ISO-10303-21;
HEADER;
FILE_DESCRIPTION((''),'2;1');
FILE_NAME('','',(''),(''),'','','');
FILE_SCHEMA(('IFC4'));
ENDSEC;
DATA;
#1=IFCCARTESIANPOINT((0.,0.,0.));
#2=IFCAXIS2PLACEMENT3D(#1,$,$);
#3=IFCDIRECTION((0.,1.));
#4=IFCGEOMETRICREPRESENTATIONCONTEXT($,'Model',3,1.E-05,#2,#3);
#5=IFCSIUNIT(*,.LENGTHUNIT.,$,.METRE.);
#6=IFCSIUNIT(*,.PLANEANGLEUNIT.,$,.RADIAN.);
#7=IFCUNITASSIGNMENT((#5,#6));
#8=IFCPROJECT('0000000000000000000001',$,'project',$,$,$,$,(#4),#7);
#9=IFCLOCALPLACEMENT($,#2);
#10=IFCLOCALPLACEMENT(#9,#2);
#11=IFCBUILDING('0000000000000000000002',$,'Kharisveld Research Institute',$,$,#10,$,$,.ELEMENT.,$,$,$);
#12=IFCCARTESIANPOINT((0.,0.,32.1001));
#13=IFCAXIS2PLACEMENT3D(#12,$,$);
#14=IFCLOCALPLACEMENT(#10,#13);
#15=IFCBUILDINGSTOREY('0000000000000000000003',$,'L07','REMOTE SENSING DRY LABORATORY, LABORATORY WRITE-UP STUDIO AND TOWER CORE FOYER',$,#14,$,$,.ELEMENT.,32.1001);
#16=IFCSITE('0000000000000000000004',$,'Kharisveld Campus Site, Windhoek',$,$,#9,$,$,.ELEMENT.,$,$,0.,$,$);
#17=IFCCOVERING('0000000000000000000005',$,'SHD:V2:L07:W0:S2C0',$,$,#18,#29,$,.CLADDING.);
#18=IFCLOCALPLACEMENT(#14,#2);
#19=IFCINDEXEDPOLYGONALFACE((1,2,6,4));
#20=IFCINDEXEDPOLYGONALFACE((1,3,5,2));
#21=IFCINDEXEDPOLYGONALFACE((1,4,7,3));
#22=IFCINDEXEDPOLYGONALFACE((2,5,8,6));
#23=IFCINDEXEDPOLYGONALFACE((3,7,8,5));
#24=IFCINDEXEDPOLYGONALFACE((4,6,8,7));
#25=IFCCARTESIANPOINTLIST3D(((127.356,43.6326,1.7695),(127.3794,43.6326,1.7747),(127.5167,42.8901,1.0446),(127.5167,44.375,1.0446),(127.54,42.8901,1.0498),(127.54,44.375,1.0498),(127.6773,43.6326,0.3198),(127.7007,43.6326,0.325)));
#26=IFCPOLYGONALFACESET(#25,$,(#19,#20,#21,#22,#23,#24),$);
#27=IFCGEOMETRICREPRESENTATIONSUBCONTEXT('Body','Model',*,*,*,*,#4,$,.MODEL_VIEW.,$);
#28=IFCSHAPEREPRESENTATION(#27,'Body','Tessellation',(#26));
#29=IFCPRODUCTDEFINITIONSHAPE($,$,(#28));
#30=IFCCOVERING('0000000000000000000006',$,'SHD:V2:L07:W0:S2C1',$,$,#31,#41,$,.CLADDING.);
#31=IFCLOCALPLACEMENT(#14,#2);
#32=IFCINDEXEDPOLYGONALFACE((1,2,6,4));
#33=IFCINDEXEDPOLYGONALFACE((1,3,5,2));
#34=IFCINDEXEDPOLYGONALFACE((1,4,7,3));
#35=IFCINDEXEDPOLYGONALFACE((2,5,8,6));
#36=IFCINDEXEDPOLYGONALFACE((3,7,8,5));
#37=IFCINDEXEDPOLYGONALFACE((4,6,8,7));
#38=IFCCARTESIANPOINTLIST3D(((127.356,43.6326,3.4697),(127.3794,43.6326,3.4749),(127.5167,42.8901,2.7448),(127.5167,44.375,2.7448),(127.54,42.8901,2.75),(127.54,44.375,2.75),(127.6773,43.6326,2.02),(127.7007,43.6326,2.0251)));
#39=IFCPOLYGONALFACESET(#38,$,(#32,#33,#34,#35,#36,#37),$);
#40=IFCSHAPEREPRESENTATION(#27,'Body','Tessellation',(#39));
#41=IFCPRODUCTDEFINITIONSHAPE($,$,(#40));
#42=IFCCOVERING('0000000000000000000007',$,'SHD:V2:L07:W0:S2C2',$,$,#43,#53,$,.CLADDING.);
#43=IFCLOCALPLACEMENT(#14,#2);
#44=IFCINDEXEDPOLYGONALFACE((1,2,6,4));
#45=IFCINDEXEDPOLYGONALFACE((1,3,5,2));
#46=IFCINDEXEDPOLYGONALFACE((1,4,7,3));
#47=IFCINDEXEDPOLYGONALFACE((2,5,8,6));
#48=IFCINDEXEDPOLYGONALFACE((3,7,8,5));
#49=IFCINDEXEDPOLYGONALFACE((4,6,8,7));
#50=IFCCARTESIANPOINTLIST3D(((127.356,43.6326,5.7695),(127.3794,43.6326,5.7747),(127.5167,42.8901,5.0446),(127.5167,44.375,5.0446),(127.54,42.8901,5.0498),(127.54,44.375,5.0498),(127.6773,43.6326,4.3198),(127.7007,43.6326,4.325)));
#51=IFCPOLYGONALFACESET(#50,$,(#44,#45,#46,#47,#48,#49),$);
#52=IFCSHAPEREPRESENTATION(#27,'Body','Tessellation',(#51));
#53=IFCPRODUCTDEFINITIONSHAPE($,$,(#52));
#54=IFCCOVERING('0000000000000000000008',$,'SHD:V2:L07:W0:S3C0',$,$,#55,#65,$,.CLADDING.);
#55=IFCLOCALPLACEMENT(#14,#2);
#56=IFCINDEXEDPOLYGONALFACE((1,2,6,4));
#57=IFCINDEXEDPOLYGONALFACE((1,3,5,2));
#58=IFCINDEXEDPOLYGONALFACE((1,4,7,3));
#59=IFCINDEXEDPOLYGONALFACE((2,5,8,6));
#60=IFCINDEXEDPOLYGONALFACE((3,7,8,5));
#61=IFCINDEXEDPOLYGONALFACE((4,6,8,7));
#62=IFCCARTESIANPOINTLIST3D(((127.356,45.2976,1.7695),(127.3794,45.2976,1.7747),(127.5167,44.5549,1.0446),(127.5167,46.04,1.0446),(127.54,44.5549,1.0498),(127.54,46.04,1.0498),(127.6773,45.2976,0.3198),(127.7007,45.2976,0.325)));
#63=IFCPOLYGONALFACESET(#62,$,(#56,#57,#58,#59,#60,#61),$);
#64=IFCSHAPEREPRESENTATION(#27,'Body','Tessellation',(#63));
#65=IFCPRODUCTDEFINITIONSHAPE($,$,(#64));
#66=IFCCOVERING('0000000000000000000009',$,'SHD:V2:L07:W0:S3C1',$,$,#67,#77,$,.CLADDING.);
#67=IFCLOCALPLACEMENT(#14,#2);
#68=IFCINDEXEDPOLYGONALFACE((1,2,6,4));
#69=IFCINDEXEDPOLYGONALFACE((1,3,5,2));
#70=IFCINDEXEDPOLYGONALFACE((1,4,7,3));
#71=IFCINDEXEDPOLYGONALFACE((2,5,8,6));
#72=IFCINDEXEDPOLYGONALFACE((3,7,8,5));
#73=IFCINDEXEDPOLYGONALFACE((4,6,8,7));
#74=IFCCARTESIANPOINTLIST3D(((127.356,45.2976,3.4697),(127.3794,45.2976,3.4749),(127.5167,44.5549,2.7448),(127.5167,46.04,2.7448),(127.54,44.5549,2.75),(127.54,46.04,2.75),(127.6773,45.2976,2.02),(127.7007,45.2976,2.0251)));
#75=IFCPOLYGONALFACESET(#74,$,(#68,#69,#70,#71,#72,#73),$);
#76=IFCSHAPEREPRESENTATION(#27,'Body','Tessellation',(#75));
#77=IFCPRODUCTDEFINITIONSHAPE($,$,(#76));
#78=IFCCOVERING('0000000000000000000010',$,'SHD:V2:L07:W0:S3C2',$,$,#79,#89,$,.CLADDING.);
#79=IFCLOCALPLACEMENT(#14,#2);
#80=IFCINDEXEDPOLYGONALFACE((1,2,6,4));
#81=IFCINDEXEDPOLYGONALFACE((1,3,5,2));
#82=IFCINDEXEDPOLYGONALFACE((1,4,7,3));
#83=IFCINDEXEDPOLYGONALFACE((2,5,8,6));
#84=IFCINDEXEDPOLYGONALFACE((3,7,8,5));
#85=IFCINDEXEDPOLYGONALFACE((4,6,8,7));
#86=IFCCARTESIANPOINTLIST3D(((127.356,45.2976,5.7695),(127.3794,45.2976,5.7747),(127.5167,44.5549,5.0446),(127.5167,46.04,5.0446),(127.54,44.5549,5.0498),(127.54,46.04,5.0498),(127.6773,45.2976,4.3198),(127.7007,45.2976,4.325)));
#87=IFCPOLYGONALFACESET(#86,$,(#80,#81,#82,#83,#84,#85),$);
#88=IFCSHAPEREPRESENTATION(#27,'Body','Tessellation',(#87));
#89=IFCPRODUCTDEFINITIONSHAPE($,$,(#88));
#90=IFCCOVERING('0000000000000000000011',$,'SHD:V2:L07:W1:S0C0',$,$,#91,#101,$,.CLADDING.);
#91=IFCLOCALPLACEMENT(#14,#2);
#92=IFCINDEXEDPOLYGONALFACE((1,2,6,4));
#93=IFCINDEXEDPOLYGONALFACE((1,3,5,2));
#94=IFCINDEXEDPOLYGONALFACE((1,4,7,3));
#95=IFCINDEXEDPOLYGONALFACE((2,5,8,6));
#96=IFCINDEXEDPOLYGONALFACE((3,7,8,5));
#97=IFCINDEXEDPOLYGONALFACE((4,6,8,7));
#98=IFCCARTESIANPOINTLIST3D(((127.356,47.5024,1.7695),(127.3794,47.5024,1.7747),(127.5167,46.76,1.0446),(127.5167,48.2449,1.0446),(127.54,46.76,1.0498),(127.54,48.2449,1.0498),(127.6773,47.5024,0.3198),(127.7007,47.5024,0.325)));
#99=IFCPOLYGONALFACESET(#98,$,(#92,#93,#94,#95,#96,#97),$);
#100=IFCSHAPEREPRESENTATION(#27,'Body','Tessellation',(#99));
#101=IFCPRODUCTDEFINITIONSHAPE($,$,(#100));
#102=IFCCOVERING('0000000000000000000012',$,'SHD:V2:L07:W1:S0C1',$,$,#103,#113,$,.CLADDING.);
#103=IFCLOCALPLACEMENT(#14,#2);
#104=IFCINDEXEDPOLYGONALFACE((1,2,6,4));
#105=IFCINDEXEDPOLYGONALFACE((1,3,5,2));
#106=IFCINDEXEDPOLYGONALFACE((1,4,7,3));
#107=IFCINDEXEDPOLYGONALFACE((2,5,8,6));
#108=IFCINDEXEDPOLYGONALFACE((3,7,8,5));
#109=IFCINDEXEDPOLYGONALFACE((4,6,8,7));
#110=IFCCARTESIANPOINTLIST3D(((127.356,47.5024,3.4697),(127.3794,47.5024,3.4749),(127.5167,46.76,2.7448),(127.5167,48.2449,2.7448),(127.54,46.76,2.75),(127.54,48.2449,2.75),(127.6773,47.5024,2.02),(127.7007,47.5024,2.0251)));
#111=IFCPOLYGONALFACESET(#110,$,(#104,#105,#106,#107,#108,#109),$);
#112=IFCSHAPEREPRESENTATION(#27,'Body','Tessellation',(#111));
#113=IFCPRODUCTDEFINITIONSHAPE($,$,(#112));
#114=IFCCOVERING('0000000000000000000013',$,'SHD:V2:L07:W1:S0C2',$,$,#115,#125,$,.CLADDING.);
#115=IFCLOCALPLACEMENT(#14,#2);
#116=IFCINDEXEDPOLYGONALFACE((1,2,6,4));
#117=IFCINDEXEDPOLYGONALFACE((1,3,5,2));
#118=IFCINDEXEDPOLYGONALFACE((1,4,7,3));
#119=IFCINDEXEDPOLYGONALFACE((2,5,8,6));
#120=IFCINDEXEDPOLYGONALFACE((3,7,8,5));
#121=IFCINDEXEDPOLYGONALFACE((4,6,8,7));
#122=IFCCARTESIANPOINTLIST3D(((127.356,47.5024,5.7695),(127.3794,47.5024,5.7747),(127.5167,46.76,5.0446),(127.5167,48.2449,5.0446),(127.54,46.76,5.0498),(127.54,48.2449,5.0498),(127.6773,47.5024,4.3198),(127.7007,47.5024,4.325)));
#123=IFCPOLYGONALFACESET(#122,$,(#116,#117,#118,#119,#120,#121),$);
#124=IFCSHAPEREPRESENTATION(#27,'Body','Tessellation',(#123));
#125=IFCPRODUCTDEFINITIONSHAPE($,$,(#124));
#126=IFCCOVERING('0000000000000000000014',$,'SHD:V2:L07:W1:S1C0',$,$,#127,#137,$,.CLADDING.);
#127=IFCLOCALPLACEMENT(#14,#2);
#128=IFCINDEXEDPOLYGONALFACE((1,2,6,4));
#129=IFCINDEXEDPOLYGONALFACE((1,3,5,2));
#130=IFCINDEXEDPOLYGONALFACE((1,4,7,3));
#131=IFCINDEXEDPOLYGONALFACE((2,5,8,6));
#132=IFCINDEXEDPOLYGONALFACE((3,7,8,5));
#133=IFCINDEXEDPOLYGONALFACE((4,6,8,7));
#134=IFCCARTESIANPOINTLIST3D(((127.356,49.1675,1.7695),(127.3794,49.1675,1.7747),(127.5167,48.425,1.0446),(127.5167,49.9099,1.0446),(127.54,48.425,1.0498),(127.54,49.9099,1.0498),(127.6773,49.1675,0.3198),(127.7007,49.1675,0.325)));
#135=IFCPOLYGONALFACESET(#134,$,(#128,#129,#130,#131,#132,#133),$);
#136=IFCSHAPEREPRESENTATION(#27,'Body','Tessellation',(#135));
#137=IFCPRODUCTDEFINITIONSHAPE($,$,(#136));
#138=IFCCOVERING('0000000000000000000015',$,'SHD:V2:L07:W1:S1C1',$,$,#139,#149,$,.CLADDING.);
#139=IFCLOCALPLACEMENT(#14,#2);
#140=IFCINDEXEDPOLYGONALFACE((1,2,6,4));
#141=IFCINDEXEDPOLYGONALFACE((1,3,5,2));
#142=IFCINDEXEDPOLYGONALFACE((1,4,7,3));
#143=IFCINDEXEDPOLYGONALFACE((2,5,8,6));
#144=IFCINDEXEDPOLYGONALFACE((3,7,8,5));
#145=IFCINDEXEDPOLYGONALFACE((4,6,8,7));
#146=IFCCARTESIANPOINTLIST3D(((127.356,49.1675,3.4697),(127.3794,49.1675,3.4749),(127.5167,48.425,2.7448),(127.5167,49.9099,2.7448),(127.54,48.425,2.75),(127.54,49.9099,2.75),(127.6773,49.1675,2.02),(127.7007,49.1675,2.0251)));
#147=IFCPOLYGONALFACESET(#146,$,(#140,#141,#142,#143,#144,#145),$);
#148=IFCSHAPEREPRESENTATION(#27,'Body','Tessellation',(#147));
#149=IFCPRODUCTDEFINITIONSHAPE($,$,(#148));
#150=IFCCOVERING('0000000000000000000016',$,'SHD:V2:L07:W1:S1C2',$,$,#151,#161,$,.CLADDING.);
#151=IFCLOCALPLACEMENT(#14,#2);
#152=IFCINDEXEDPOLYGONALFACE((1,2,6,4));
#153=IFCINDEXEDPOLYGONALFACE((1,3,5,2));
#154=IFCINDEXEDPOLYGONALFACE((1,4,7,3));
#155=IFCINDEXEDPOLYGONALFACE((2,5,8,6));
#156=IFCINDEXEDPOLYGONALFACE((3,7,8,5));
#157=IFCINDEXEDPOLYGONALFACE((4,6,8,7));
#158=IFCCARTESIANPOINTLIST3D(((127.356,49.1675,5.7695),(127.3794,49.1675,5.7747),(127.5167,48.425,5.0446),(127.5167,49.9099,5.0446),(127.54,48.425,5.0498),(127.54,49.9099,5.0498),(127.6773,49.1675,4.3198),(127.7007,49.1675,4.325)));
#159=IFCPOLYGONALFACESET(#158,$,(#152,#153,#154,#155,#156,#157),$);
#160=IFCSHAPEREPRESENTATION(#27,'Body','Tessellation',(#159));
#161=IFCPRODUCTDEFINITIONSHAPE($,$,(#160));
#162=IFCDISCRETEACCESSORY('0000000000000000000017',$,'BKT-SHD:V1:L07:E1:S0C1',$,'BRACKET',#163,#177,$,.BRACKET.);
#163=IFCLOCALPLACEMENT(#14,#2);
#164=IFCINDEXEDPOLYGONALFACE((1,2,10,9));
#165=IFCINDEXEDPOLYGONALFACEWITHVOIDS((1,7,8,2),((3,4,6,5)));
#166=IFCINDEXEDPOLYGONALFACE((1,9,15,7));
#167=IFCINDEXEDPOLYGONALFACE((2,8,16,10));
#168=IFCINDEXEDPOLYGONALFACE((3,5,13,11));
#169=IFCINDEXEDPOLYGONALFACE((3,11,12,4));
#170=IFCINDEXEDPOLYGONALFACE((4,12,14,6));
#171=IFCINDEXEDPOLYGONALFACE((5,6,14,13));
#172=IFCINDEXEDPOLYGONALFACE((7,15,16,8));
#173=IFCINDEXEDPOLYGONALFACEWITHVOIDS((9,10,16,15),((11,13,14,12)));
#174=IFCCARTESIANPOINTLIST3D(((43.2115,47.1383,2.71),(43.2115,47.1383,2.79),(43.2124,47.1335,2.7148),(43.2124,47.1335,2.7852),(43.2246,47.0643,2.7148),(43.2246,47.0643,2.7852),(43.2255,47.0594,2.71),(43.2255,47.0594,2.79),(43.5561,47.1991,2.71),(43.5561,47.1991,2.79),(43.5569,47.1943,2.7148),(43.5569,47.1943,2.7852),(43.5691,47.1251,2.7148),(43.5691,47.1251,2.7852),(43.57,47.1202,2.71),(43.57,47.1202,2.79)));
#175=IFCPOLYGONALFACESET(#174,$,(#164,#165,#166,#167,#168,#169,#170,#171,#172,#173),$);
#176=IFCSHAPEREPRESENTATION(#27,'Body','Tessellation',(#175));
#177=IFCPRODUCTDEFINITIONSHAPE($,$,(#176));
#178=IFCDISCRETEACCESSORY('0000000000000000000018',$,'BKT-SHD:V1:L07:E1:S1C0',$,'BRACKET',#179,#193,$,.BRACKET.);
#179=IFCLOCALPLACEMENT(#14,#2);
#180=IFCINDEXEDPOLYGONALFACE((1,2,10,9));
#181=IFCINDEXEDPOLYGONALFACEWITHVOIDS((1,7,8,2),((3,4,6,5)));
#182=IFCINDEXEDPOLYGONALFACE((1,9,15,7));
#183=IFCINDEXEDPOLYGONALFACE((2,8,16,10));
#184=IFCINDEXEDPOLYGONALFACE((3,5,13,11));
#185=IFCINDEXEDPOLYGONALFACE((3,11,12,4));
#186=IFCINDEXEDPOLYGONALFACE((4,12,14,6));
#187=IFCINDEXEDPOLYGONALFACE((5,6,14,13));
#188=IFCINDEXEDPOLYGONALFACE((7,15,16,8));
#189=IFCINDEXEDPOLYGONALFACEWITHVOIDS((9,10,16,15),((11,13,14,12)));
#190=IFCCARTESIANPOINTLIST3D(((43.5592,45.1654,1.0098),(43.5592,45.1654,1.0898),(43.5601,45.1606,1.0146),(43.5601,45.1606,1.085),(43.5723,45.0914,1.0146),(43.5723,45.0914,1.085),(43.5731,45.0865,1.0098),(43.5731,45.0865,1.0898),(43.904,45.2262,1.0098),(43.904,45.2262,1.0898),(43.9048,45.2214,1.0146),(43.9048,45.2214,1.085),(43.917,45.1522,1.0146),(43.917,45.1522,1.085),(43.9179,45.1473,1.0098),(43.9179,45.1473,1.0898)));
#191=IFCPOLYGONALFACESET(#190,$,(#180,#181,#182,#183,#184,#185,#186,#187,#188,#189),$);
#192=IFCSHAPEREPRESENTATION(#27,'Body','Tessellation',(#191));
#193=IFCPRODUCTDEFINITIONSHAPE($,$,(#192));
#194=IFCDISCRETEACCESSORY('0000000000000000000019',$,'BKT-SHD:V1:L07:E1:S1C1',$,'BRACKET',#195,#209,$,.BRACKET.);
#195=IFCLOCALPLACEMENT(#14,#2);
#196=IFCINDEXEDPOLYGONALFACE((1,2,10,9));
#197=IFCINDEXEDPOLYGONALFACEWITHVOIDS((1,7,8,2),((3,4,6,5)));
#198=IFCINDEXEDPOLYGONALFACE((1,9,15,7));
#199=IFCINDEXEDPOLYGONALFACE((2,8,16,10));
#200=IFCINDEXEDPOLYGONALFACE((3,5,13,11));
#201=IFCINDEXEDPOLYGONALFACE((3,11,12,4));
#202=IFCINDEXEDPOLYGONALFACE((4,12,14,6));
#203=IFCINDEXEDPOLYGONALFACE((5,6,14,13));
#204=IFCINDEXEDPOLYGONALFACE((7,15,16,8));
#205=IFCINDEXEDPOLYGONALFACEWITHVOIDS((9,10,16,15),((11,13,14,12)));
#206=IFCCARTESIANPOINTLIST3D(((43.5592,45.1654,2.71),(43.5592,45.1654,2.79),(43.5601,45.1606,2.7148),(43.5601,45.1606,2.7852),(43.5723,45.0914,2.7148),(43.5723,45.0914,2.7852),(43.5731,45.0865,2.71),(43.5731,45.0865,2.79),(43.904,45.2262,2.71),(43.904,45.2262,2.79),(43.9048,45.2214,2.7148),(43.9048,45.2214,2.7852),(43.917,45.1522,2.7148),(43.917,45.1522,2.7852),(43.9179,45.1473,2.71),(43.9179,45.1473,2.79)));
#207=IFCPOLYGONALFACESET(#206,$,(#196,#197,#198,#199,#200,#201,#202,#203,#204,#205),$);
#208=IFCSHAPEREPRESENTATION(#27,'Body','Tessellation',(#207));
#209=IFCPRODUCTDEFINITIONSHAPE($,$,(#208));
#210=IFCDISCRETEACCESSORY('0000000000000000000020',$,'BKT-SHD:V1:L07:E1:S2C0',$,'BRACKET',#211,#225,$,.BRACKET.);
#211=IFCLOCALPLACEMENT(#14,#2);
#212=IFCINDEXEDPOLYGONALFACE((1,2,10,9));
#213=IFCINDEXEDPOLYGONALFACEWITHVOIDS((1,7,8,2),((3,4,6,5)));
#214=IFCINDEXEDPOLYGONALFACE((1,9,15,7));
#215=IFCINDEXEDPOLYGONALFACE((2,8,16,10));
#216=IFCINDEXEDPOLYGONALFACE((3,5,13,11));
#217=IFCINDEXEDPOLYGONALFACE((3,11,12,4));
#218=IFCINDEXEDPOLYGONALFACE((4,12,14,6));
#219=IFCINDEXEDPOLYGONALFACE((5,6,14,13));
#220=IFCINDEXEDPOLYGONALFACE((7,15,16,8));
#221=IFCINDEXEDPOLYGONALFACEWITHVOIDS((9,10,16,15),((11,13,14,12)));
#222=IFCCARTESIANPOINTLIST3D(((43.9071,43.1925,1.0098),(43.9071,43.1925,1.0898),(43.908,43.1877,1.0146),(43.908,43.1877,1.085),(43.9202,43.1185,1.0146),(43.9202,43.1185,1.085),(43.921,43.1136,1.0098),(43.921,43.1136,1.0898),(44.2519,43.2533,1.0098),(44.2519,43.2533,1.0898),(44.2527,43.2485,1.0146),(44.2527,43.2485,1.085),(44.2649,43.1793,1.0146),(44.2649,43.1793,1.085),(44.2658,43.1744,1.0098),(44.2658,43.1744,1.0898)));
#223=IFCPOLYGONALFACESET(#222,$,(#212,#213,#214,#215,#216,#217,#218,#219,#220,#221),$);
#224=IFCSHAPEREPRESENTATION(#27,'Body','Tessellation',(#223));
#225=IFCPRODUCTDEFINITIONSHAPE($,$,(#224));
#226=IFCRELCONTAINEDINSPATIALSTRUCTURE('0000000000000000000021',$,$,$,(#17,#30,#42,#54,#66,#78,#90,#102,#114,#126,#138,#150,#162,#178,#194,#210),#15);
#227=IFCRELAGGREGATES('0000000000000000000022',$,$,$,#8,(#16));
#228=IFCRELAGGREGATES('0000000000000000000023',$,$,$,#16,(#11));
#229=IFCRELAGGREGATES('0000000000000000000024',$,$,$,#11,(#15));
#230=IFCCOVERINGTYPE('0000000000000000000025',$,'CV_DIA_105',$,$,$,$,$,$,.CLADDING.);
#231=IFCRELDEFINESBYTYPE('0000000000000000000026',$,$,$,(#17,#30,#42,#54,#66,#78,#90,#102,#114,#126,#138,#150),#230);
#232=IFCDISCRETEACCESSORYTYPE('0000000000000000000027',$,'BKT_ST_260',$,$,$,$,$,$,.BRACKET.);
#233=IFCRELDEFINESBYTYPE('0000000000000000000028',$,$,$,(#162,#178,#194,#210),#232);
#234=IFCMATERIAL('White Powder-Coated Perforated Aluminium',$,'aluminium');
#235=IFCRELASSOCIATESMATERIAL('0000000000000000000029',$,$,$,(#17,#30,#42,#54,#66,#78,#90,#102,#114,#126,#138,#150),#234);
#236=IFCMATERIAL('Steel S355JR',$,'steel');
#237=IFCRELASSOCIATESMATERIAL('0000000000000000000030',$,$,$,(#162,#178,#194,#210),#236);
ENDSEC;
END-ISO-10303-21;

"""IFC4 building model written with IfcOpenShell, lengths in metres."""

from ifc_helpers import new_model, si_unit, direction, frame, origin, origin_2d, place, context, subcontext, project, spatial, polyline, hollow_rectangle, outline, extrude, material, type_object, element, save


model = new_model("IFC4")

# Units and contexts
model_context = context("Model", 3, precision=1e-05, world=origin(), true_north=direction((0.0, 1.0)))
body_context = subcontext(model_context, "Body", "Model", "MODEL_VIEW")
ifc_project = project(units=[si_unit("LENGTHUNIT", "METRE"), si_unit("PLANEANGLEUNIT", "RADIAN")], contexts=[model_context])

# Site, building, storey
site_placement = place(None, origin())
site = spatial("IfcSite", under=ifc_project, at=site_placement, Name="Kharisveld Campus Site, Windhoek", CompositionType="ELEMENT", RefElevation=0.0)
building_placement = place(site_placement, origin())
building = spatial("IfcBuilding", under=site, at=building_placement, Name="Kharisveld Research Institute", CompositionType="ELEMENT")
storey_placement = place(building_placement, frame((0.0, 0.0, 32.1001)))
storey = spatial("IfcBuildingStorey", under=building, at=storey_placement, Name="L07", Description="REMOTE SENSING DRY LABORATORY, LABORATORY WRITE-UP STUDIO AND TOWER CORE FOYER", CompositionType="ELEMENT", Elevation=32.1001)

# Shared definitions
ifc_material_1 = material(Name="Steel S355JR", Category="steel")

# Coverings
ifc_material_2 = material(Name="White Powder-Coated Perforated Aluminium", Category="aluminium")
covering_type = type_object("IfcCoveringType", Name="CV_DIA_105", PredefinedType="CLADDING")
for number, where, z_axis, x_axis, name in (
    (1, (127.7007, 43.6326, 0.325), (0.976311, 0.0, 0.216373), (-0.153, 0.707102, 0.69036), "SHD:V2:L07:W0:S2C0"),
    (2, (127.7007, 43.6326, 2.0251), (0.976311, 0.0, 0.216373), (-0.153, 0.707102, 0.69036), "SHD:V2:L07:W0:S2C1"),
    (3, (127.7007, 43.6326, 4.325), (0.976311, 0.0, 0.216373), (-0.153, 0.707102, 0.69036), "SHD:V2:L07:W0:S2C2"),
):
    element("IfcCovering", number, at=place(storey_placement, frame(where, z_axis=z_axis, x_axis=x_axis)), inside=storey, type_object=covering_type, material=ifc_material_2, Name=name, PredefinedType="CLADDING", context=body_context, shape_type="SweptSolid", body=[
        extrude(outline(polyline([(0.0, 0.0), (1.05, 0.0), (1.05, 1.05), (0.0, 1.05), (0.0, 0.0)])), origin(), (0.0, 0.0, -1.0), 0.0239),
    ])
for number, where, z_axis, x_axis, name in (
    (4, (127.7007, 45.2976, 0.325), (0.976311, 0.0, 0.216373), (-0.153, 0.707102, 0.69036), "SHD:V2:L07:W0:S3C0"),
    (5, (127.7007, 45.2976, 2.0251), (0.976311, 0.0, 0.216373), (-0.153, 0.707102, 0.69036), "SHD:V2:L07:W0:S3C1"),
    (6, (127.7007, 45.2976, 4.325), (0.976311, 0.0, 0.216373), (-0.153, 0.707102, 0.69036), "SHD:V2:L07:W0:S3C2"),
):
    element("IfcCovering", number, at=place(storey_placement, frame(where, z_axis=z_axis, x_axis=x_axis)), inside=storey, type_object=covering_type, material=ifc_material_2, Name=name, PredefinedType="CLADDING", context=body_context, shape_type="SweptSolid", body=[
        extrude(outline(polyline([(0.0, 0.0), (1.05, 0.0), (1.05, 1.05), (-0.0002, 1.0501), (0.0, 0.0)])), origin(), (0.0, 0.0, -1.0), 0.0239),
    ])
for number, where, z_axis, x_axis, name in (
    (7, (127.7007, 47.5024, 0.325), (0.976311, 0.0, 0.216373), (-0.153, 0.707102, 0.69036), "SHD:V2:L07:W1:S0C0"),
    (8, (127.7007, 47.5024, 2.0251), (0.976311, 0.0, 0.216373), (-0.153, 0.707102, 0.69036), "SHD:V2:L07:W1:S0C1"),
    (9, (127.7007, 47.5024, 4.325), (0.976311, 0.0, 0.216373), (-0.153, 0.707102, 0.69036), "SHD:V2:L07:W1:S0C2"),
    (10, (127.7007, 49.1675, 0.325), (0.976311, 0.0, 0.216373), (-0.153, 0.707102, 0.69036), "SHD:V2:L07:W1:S1C0"),
    (11, (127.7007, 49.1675, 2.0251), (0.976311, 0.0, 0.216373), (-0.153, 0.707102, 0.69036), "SHD:V2:L07:W1:S1C1"),
    (12, (127.7007, 49.1675, 4.325), (0.976311, 0.0, 0.216373), (-0.153, 0.707102, 0.69036), "SHD:V2:L07:W1:S1C2"),
):
    element("IfcCovering", number, at=place(storey_placement, frame(where, z_axis=z_axis, x_axis=x_axis)), inside=storey, type_object=covering_type, material=ifc_material_2, Name=name, PredefinedType="CLADDING", context=body_context, shape_type="SweptSolid", body=[
        extrude(outline(polyline([(0.0, 0.0), (1.05, 0.0), (1.05, 1.05), (0.0, 1.05), (0.0, 0.0)])), origin(), (0.0, 0.0, -1.0), 0.0239),
    ])

# Discrete accessories
discrete_accessory_type = type_object("IfcDiscreteAccessoryType", Name="BKT_ST_260", PredefinedType="BRACKET")
discrete_accessory_placement = place(storey_placement, frame((43.2185, 47.0989, 2.75), z_axis=(0.984784, 0.173785, 0.0), x_axis=(-0.173785, 0.984784, 0.0)))
element("IfcDiscreteAccessory", 13, at=discrete_accessory_placement, inside=storey, type_object=discrete_accessory_type, material=ifc_material_1, Name="BKT-SHD:V1:L07:E1:S0C1", ObjectType="BRACKET", PredefinedType="BRACKET", context=body_context, shape_type="SweptSolid", body=[
    extrude(hollow_rectangle(XDim=0.0801, YDim=0.0801, WallThickness=0.0049, at=origin_2d()), origin(), (0.0, 0.0, 1.0), 0.3499),
])
for number, where, z_axis, x_axis, name in (
    (14, (43.5662, 45.126, 1.0498), (0.984805, 0.173666, 0.0), (-0.173666, 0.984805, 0.0), "BKT-SHD:V1:L07:E1:S1C0"),
    (15, (43.5662, 45.126, 2.75), (0.984805, 0.173666, 0.0), (-0.173666, 0.984805, 0.0), "BKT-SHD:V1:L07:E1:S1C1"),
    (16, (43.9141, 43.1531, 1.0498), (0.984805, 0.173666, 0.0), (-0.173666, 0.984805, 0.0), "BKT-SHD:V1:L07:E1:S2C0"),
):
    element("IfcDiscreteAccessory", number, at=place(storey_placement, frame(where, z_axis=z_axis, x_axis=x_axis)), inside=storey, type_object=discrete_accessory_type, material=ifc_material_1, Name=name, ObjectType="BRACKET", PredefinedType="BRACKET", context=body_context, shape_type="SweptSolid", body=[
        extrude(hollow_rectangle(XDim=0.0801, YDim=0.0801, WallThickness=0.0049, at=origin_2d()), origin(), (0.0, 0.0, 1.0), 0.3501),
    ])

save(model, "model.ifc")
